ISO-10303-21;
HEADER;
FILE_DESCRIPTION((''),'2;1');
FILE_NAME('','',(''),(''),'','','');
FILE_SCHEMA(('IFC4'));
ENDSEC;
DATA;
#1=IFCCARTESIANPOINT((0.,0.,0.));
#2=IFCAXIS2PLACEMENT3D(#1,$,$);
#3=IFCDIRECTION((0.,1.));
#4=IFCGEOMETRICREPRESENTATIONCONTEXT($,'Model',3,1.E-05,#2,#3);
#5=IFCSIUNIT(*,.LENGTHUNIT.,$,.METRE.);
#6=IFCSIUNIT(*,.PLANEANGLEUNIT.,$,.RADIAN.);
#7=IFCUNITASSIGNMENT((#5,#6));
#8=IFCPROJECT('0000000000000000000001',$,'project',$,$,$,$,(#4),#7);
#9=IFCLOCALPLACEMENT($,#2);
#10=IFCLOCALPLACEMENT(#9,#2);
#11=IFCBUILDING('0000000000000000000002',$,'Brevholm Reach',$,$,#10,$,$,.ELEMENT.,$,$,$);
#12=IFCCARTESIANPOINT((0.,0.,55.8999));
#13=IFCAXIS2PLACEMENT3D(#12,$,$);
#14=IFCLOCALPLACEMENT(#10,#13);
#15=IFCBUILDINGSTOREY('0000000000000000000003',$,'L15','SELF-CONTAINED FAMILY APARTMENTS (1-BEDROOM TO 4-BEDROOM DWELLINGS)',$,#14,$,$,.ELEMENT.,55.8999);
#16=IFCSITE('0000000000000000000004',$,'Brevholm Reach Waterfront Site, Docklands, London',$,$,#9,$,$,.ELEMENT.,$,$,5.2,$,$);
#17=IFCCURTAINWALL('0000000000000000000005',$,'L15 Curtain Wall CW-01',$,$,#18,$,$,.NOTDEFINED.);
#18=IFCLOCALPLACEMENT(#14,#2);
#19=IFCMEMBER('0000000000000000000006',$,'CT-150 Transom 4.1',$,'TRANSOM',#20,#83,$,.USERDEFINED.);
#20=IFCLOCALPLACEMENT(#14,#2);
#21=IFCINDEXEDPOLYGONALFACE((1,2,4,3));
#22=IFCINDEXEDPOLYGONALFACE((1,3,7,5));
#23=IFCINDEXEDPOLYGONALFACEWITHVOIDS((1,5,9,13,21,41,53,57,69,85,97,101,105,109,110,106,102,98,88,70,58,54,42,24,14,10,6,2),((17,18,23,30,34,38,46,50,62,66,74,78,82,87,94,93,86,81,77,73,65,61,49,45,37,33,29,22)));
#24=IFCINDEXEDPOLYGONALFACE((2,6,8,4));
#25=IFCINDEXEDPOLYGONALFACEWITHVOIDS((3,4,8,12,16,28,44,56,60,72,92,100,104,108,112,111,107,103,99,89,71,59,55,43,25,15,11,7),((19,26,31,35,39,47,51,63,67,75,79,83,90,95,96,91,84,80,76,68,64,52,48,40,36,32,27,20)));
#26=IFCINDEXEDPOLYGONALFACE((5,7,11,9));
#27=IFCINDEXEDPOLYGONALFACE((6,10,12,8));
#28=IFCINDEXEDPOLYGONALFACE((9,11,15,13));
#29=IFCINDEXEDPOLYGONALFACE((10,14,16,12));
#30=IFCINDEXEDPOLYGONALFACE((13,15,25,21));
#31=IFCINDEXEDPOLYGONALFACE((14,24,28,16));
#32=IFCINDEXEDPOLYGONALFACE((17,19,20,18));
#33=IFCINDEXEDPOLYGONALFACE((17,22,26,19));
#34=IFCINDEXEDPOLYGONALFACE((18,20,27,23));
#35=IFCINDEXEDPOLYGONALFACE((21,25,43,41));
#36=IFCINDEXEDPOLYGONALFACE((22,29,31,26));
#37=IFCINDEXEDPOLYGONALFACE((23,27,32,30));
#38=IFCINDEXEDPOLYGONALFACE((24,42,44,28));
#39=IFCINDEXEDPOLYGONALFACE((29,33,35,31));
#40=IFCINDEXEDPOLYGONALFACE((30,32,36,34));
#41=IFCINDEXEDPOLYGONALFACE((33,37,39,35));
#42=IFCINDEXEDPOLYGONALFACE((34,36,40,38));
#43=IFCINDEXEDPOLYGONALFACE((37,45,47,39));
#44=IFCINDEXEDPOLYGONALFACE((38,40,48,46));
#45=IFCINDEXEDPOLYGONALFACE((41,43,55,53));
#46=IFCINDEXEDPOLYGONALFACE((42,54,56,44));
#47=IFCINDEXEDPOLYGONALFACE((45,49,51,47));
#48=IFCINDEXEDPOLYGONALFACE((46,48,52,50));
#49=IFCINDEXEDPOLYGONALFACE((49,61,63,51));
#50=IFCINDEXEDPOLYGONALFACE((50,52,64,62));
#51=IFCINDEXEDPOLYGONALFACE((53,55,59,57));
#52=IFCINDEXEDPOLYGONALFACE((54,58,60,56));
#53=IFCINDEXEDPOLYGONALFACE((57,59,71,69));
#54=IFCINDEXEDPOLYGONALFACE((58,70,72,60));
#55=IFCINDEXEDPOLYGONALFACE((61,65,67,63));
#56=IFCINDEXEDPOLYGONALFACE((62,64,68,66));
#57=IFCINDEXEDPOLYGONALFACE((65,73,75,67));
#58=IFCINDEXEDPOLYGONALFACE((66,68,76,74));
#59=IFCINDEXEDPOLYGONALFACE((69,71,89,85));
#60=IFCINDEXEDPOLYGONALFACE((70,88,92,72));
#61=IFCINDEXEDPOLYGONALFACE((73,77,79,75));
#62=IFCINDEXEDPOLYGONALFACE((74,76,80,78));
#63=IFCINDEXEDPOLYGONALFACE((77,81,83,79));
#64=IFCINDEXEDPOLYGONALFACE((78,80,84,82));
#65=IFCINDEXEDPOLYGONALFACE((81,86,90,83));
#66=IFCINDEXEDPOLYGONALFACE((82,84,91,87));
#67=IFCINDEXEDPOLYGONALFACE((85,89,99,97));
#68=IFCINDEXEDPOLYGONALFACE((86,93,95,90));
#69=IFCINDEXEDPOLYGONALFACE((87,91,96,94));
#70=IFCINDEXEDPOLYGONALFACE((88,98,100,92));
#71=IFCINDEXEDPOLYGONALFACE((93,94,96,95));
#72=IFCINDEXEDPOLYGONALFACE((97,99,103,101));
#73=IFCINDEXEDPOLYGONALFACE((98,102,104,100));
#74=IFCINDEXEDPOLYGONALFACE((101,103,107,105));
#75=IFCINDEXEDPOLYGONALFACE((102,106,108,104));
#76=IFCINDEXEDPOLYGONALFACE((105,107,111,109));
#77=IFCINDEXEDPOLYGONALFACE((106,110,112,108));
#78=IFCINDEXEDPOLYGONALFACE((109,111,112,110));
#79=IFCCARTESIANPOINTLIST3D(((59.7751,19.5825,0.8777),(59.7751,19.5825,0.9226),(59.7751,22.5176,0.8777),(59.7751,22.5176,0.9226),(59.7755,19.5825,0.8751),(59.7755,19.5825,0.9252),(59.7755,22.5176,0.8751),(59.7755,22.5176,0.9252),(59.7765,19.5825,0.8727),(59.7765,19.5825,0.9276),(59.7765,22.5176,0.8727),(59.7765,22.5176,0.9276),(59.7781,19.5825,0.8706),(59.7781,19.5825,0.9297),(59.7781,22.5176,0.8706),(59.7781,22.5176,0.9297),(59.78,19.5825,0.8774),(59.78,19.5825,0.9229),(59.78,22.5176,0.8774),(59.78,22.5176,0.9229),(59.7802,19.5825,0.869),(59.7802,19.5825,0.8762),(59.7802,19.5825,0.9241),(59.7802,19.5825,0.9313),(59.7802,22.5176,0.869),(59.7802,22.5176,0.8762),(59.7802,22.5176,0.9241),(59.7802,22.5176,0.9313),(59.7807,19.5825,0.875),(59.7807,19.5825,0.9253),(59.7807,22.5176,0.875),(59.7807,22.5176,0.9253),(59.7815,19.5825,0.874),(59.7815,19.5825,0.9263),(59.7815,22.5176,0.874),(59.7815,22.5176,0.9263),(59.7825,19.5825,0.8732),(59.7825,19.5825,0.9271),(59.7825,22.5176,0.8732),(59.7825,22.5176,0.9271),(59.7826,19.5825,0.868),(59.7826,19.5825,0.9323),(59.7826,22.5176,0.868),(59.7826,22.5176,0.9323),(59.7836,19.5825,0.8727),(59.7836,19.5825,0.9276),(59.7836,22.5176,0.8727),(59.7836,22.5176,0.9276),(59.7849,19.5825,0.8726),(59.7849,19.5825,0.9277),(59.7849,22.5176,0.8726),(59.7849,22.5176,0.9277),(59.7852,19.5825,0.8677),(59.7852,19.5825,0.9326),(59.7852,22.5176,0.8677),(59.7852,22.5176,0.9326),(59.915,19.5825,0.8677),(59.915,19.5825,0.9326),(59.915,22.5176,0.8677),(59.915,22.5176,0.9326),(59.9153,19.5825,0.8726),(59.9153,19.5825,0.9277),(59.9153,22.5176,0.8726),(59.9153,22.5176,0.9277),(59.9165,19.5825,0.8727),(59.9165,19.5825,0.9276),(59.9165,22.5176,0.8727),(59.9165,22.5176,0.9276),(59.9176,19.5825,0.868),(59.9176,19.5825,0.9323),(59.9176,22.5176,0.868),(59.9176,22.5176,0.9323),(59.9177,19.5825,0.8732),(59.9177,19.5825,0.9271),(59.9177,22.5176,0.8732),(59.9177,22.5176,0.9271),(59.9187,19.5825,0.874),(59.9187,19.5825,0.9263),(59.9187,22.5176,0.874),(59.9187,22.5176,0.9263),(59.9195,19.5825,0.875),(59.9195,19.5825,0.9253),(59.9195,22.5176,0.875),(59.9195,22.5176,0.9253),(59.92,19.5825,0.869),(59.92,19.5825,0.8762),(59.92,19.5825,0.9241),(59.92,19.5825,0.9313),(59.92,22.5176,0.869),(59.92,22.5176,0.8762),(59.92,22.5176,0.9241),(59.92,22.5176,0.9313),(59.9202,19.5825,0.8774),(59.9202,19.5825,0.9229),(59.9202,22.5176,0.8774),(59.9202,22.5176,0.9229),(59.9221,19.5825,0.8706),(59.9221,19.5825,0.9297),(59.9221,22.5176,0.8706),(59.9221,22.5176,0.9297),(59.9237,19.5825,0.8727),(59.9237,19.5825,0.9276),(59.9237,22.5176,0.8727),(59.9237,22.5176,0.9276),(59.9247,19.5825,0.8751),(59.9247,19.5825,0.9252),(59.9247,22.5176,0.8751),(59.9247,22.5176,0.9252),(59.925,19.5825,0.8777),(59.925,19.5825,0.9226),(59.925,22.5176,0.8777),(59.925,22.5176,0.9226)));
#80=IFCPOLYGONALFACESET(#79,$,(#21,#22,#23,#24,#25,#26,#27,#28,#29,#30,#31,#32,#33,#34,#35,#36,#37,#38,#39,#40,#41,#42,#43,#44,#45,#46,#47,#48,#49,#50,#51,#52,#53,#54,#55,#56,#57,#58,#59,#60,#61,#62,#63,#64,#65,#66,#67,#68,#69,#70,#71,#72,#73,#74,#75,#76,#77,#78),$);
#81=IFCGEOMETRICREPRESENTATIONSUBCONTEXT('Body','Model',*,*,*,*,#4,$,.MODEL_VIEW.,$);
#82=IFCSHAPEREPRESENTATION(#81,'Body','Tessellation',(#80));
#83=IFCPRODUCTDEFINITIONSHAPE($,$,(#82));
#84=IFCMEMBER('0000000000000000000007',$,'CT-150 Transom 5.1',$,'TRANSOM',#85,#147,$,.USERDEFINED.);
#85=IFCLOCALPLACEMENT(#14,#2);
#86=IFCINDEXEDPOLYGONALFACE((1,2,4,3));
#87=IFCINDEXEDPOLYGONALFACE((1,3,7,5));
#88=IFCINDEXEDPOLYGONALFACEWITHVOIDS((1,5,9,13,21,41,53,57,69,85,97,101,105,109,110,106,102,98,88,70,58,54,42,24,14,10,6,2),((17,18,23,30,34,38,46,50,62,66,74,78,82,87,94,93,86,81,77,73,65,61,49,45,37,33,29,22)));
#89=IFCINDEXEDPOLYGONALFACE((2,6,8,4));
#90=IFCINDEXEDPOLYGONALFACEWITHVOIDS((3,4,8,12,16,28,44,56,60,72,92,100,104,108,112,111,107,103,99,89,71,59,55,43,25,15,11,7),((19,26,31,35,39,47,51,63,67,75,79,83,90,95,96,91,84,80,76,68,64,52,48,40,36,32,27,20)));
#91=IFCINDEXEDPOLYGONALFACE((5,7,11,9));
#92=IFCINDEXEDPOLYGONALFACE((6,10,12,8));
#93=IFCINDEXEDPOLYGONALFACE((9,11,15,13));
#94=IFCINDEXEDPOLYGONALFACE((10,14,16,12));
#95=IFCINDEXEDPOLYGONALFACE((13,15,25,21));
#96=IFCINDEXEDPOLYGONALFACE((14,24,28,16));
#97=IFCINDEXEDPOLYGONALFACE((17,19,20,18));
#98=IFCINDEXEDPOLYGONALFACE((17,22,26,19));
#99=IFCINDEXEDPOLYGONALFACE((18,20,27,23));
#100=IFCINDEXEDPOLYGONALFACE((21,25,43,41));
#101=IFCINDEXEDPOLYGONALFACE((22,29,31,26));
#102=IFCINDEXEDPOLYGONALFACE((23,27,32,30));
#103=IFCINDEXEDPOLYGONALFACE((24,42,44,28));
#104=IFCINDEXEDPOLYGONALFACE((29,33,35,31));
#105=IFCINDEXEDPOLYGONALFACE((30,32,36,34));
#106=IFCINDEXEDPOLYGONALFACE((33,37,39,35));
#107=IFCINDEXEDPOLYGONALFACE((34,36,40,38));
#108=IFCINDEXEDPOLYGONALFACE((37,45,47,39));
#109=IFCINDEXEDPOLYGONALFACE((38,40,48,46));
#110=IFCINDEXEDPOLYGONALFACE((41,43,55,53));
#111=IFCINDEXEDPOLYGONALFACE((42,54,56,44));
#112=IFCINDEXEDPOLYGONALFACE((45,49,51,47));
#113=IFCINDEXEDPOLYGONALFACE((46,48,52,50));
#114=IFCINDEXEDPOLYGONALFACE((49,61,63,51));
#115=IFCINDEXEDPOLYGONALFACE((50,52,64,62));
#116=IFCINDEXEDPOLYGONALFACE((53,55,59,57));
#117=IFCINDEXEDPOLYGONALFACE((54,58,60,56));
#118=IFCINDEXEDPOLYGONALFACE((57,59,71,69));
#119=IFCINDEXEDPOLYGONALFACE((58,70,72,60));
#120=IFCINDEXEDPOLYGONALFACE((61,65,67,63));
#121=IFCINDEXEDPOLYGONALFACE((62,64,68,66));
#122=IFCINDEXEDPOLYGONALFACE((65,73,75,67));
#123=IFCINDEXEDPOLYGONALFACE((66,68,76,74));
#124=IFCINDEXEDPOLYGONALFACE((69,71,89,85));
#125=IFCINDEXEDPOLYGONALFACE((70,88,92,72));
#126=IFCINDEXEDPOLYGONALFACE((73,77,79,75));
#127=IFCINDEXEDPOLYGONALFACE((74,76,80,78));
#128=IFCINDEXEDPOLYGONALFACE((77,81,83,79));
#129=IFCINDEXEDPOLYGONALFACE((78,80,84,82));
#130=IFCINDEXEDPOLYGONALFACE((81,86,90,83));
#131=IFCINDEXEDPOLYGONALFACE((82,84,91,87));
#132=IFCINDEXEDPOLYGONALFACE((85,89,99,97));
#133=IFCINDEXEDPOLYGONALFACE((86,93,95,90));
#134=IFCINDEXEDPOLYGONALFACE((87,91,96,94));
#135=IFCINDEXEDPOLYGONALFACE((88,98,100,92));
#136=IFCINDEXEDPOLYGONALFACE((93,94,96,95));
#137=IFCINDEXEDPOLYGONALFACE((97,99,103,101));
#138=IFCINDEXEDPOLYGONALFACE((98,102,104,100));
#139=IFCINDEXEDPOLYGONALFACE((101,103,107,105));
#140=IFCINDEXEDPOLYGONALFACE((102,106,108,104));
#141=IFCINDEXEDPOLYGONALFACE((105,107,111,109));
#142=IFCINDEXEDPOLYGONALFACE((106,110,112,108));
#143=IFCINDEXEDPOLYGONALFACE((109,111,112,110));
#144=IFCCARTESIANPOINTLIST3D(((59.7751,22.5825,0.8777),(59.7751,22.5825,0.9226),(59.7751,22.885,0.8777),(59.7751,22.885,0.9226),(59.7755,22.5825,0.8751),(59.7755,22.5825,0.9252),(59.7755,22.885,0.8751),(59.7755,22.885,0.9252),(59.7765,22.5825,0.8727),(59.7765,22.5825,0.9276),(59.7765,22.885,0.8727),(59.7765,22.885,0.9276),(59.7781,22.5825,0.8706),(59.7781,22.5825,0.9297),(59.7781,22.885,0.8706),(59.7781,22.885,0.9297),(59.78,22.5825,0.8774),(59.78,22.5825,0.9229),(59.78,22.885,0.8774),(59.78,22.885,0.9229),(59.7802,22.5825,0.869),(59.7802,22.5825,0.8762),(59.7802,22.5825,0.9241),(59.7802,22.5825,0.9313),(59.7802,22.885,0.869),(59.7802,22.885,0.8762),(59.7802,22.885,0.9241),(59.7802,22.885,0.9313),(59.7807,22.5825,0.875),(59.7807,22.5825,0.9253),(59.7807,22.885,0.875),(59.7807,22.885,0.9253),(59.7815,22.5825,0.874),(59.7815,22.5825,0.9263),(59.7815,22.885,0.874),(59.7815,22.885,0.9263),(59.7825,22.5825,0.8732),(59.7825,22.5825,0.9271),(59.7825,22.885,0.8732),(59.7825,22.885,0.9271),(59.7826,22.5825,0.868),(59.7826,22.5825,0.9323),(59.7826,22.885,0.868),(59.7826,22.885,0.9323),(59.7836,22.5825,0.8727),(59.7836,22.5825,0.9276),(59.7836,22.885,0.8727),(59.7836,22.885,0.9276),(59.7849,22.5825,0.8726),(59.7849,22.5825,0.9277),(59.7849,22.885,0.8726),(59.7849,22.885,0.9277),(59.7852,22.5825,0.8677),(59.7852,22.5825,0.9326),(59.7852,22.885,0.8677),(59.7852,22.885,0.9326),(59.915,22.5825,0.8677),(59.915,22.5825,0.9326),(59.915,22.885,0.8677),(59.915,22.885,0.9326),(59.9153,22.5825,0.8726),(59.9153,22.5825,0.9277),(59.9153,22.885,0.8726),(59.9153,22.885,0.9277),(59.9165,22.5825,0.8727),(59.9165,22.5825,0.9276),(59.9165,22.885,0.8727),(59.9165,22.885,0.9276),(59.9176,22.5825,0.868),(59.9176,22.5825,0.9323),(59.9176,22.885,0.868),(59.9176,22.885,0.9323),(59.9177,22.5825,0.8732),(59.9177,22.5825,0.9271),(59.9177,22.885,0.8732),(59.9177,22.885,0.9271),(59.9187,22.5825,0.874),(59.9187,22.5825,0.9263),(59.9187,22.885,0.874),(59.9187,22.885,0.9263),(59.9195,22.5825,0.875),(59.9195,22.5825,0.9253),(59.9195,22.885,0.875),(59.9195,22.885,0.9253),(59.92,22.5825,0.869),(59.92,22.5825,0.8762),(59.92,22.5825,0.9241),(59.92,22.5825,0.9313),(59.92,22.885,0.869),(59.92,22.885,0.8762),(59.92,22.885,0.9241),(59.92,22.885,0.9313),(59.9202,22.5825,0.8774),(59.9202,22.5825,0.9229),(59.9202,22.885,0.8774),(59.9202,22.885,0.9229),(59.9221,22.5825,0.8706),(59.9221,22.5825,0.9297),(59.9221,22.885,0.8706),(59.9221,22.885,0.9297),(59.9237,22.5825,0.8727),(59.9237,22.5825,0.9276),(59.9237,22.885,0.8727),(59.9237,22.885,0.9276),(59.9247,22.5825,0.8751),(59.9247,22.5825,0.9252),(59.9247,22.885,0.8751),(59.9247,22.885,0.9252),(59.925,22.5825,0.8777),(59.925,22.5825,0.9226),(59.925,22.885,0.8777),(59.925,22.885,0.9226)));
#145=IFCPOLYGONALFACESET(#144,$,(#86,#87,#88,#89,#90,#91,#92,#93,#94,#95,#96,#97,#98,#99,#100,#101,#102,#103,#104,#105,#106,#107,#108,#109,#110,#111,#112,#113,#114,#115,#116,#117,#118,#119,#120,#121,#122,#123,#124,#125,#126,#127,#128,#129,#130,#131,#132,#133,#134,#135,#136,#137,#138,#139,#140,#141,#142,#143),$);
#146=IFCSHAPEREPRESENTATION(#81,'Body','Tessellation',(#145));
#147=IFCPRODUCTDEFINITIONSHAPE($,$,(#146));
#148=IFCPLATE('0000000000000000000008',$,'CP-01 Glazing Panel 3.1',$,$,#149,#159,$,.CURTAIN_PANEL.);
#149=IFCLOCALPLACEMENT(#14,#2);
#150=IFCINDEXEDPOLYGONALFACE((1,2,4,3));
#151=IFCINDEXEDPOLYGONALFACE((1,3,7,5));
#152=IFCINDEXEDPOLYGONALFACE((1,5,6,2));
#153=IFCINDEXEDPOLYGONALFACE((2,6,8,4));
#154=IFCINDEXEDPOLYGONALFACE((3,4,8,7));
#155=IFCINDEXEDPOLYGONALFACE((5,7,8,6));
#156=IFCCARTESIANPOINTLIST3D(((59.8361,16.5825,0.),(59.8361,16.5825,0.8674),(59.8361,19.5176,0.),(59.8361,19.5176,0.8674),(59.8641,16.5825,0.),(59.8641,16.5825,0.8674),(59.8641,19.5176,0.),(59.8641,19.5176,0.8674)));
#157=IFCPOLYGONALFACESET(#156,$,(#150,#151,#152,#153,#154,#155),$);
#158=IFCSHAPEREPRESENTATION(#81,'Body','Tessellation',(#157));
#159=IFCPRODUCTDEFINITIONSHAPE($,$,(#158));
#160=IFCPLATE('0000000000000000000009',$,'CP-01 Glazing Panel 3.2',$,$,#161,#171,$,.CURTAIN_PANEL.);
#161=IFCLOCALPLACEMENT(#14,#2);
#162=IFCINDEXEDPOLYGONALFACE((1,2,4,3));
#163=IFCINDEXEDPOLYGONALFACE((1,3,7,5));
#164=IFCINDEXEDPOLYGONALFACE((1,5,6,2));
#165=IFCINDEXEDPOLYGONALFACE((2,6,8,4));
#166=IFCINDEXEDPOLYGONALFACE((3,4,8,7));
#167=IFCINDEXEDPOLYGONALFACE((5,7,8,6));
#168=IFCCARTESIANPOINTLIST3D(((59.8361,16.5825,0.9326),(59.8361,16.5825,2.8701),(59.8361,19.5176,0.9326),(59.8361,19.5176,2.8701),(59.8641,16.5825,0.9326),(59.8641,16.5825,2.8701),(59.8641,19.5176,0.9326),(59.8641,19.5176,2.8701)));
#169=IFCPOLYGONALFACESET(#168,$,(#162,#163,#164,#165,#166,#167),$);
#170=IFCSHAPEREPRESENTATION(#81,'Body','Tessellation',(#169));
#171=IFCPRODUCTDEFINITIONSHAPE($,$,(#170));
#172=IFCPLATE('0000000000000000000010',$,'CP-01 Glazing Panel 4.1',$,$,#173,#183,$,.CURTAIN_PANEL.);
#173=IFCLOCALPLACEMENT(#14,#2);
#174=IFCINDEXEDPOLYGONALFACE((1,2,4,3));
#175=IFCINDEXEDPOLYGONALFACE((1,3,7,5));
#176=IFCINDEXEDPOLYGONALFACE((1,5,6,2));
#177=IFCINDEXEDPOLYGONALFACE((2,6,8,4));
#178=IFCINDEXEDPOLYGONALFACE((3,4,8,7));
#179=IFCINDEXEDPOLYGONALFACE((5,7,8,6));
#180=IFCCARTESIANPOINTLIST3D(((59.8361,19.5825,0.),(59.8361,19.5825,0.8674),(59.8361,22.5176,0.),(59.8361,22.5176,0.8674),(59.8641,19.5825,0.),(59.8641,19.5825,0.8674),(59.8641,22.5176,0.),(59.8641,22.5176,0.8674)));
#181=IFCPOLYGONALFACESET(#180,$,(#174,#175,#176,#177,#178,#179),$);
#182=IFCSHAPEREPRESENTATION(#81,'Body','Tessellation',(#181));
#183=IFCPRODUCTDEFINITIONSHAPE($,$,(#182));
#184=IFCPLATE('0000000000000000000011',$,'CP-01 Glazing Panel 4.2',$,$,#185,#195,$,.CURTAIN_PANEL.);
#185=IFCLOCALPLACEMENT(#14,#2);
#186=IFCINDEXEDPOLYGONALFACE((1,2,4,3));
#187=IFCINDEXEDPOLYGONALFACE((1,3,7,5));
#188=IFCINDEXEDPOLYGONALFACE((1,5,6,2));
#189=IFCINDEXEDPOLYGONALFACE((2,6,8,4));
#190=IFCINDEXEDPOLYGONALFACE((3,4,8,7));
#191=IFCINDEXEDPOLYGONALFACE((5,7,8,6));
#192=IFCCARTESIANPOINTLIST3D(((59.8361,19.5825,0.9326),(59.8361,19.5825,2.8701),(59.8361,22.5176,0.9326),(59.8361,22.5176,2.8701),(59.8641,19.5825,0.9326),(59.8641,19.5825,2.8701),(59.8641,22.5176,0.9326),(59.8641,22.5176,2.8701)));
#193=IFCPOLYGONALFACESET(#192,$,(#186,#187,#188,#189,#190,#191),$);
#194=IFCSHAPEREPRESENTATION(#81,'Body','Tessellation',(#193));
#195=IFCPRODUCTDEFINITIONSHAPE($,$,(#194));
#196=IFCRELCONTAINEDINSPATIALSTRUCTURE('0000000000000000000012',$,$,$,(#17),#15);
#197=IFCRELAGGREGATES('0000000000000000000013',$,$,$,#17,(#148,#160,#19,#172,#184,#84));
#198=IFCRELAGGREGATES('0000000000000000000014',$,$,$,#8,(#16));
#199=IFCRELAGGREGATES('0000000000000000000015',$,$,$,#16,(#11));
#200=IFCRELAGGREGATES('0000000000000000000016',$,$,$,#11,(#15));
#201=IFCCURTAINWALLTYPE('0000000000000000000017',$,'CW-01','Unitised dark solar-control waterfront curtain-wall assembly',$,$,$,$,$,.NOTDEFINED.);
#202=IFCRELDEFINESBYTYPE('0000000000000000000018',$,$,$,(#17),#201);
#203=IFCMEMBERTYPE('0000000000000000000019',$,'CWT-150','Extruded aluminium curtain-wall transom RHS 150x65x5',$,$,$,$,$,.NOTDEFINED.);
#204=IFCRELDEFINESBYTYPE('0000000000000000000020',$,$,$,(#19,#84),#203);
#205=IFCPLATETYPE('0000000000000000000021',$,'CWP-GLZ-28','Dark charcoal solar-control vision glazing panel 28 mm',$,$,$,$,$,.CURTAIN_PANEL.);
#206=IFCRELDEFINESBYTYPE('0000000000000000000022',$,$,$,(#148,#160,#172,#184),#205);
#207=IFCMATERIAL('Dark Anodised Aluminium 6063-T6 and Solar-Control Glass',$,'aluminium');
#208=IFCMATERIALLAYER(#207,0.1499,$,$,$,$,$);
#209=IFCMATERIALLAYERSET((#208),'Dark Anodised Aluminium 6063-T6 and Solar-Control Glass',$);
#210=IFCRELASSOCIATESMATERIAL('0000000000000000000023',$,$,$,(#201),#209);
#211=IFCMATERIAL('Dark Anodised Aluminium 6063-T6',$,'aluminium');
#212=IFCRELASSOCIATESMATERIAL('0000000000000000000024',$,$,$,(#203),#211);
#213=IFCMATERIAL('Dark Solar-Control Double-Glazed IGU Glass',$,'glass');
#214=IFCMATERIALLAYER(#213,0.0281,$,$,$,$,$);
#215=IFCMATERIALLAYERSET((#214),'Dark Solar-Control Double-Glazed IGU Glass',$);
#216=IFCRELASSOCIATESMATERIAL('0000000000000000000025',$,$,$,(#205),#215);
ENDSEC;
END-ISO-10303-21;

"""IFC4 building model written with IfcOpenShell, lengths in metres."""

from ifc_helpers import new_model, si_unit, direction, frame, origin, origin_2d, place, context, subcontext, project, spatial, rectangle, hollow_rectangle, extrude, material, layer, layer_set, material_profile, profile_set, type_object, element, aggregate, save


model = new_model("IFC4")

# Units and contexts
model_context = context("Model", 3, precision=1e-05, world=origin(), true_north=direction((0.0, 1.0)))
body_context = subcontext(model_context, "Body", "Model", "MODEL_VIEW")
ifc_project = project(units=[si_unit("LENGTHUNIT", "METRE"), si_unit("PLANEANGLEUNIT", "RADIAN")], contexts=[model_context])

# Site, building, storey
site_placement = place(None, origin())
site = spatial("IfcSite", under=ifc_project, at=site_placement, Name="Brevholm Reach Waterfront Site, Docklands, London", CompositionType="ELEMENT", RefElevation=5.2)
building_placement = place(site_placement, origin())
building = spatial("IfcBuilding", under=site, at=building_placement, Name="Brevholm Reach", CompositionType="ELEMENT")
storey_placement = place(building_placement, frame((0.0, 0.0, 55.8999)))
storey = spatial("IfcBuildingStorey", under=building, at=storey_placement, Name="L15", Description="SELF-CONTAINED FAMILY APARTMENTS (1-BEDROOM TO 4-BEDROOM DWELLINGS)", CompositionType="ELEMENT", Elevation=55.8999)

# Curtain wall, members, plates
ifc_material_1 = material(Name="Dark Anodised Aluminium 6063-T6 and Solar-Control Glass", Category="aluminium")
ifc_layer_1 = layer(ifc_material_1, 0.1499)
ifc_layer_set_1 = layer_set([ifc_layer_1], Name="Dark Anodised Aluminium 6063-T6 and Solar-Control Glass")
curtain_wall_type = type_object("IfcCurtainWallType", Name="CW-01", Description="Unitised dark solar-control waterfront curtain-wall assembly", PredefinedType="NOTDEFINED", material=ifc_layer_set_1)
curtain_wall_placement = place(storey_placement, origin())
curtain_wall = element("IfcCurtainWall", 1, at=curtain_wall_placement, inside=storey, type_object=curtain_wall_type, Name="L15 Curtain Wall CW-01", PredefinedType="NOTDEFINED")
ifc_material_2 = material(Name="Dark Anodised Aluminium 6063-T6", Category="aluminium")
ifc_material_profile_1 = material_profile(ifc_material_2, hollow_rectangle(XDim=0.0649, YDim=0.1499, WallThickness=0.0049, InnerFilletRadius=0.0049, OuterFilletRadius=0.01, at=origin_2d()), Name="RHS 150x65x5")
ifc_profile_set_1 = profile_set([ifc_material_profile_1], Name="Dark Anodised Aluminium 6063-T6")
member_type_1 = type_object("IfcMemberType", Name="CWT-150", Description="Extruded aluminium curtain-wall transom RHS 150x65x5", PredefinedType="NOTDEFINED", material=ifc_profile_set_1)
member_1_placement = place(storey_placement, frame((59.8501, 19.5825, 0.9001), z_axis=(0.0, 1.0, 0.0), x_axis=(0.0, 0.0, 1.0)))
member_1 = element("IfcMember", 2, at=member_1_placement, type_object=member_type_1, Name="CT-150 Transom 4.1", ObjectType="TRANSOM", PredefinedType="USERDEFINED", context=body_context, shape_type="SweptSolid", body=[
    extrude(hollow_rectangle(XDim=0.0649, YDim=0.1499, WallThickness=0.0049, InnerFilletRadius=0.0049, OuterFilletRadius=0.01, at=origin_2d()), origin(), (0.0, 0.0, 1.0), 2.9351),
])
member_2_placement = place(storey_placement, frame((59.8501, 22.5825, 0.9001), z_axis=(0.0, 1.0, 0.0), x_axis=(0.0, 0.0, 1.0)))
member_2 = element("IfcMember", 3, at=member_2_placement, type_object=member_type_1, Name="CT-150 Transom 5.1", ObjectType="TRANSOM", PredefinedType="USERDEFINED", context=body_context, shape_type="SweptSolid", body=[
    extrude(hollow_rectangle(XDim=0.0649, YDim=0.1499, WallThickness=0.0049, InnerFilletRadius=0.0049, OuterFilletRadius=0.01, at=origin_2d()), origin(), (0.0, 0.0, 1.0), 0.3025),
])
ifc_material_3 = material(Name="Dark Solar-Control Double-Glazed IGU Glass", Category="glass")
ifc_layer_2 = layer(ifc_material_3, 0.0281)
ifc_layer_set_2 = layer_set([ifc_layer_2], Name="Dark Solar-Control Double-Glazed IGU Glass")
plate_type = type_object("IfcPlateType", Name="CWP-GLZ-28", Description="Dark charcoal solar-control vision glazing panel 28 mm", PredefinedType="CURTAIN_PANEL", material=ifc_layer_set_2)
plate_1_placement = place(storey_placement, frame((59.8501, 18.05, 0.0), z_axis=(0.0, 0.0, 1.0), x_axis=(0.0, 1.0, 0.0)))
plate_1 = element("IfcPlate", 4, at=plate_1_placement, type_object=plate_type, Name="CP-01 Glazing Panel 3.1", PredefinedType="CURTAIN_PANEL", context=body_context, shape_type="SweptSolid", body=[
    extrude(rectangle(XDim=2.9351, YDim=0.0281, at=origin_2d()), origin(), (0.0, 0.0, 1.0), 0.8674),
])
plate_2_placement = place(storey_placement, frame((59.8501, 18.05, 0.9326), z_axis=(0.0, 0.0, 1.0), x_axis=(0.0, 1.0, 0.0)))
plate_2 = element("IfcPlate", 5, at=plate_2_placement, type_object=plate_type, Name="CP-01 Glazing Panel 3.2", PredefinedType="CURTAIN_PANEL", context=body_context, shape_type="SweptSolid", body=[
    extrude(rectangle(XDim=2.9351, YDim=0.0281, at=origin_2d()), origin(), (0.0, 0.0, 1.0), 1.9375),
])
plate_3_placement = place(storey_placement, frame((59.8501, 21.05, 0.0), z_axis=(0.0, 0.0, 1.0), x_axis=(0.0, 1.0, 0.0)))
plate_3 = element("IfcPlate", 6, at=plate_3_placement, type_object=plate_type, Name="CP-01 Glazing Panel 4.1", PredefinedType="CURTAIN_PANEL", context=body_context, shape_type="SweptSolid", body=[
    extrude(rectangle(XDim=2.9351, YDim=0.0281, at=origin_2d()), origin(), (0.0, 0.0, 1.0), 0.8674),
])
plate_4_placement = place(storey_placement, frame((59.8501, 21.05, 0.9326), z_axis=(0.0, 0.0, 1.0), x_axis=(0.0, 1.0, 0.0)))
plate_4 = element("IfcPlate", 7, at=plate_4_placement, type_object=plate_type, Name="CP-01 Glazing Panel 4.2", PredefinedType="CURTAIN_PANEL", context=body_context, shape_type="SweptSolid", body=[
    extrude(rectangle(XDim=2.9351, YDim=0.0281, at=origin_2d()), origin(), (0.0, 0.0, 1.0), 1.9375),
])
aggregate(curtain_wall, [plate_1, plate_2, member_1, plate_3, plate_4, member_2])

save(model, "model.ifc")
